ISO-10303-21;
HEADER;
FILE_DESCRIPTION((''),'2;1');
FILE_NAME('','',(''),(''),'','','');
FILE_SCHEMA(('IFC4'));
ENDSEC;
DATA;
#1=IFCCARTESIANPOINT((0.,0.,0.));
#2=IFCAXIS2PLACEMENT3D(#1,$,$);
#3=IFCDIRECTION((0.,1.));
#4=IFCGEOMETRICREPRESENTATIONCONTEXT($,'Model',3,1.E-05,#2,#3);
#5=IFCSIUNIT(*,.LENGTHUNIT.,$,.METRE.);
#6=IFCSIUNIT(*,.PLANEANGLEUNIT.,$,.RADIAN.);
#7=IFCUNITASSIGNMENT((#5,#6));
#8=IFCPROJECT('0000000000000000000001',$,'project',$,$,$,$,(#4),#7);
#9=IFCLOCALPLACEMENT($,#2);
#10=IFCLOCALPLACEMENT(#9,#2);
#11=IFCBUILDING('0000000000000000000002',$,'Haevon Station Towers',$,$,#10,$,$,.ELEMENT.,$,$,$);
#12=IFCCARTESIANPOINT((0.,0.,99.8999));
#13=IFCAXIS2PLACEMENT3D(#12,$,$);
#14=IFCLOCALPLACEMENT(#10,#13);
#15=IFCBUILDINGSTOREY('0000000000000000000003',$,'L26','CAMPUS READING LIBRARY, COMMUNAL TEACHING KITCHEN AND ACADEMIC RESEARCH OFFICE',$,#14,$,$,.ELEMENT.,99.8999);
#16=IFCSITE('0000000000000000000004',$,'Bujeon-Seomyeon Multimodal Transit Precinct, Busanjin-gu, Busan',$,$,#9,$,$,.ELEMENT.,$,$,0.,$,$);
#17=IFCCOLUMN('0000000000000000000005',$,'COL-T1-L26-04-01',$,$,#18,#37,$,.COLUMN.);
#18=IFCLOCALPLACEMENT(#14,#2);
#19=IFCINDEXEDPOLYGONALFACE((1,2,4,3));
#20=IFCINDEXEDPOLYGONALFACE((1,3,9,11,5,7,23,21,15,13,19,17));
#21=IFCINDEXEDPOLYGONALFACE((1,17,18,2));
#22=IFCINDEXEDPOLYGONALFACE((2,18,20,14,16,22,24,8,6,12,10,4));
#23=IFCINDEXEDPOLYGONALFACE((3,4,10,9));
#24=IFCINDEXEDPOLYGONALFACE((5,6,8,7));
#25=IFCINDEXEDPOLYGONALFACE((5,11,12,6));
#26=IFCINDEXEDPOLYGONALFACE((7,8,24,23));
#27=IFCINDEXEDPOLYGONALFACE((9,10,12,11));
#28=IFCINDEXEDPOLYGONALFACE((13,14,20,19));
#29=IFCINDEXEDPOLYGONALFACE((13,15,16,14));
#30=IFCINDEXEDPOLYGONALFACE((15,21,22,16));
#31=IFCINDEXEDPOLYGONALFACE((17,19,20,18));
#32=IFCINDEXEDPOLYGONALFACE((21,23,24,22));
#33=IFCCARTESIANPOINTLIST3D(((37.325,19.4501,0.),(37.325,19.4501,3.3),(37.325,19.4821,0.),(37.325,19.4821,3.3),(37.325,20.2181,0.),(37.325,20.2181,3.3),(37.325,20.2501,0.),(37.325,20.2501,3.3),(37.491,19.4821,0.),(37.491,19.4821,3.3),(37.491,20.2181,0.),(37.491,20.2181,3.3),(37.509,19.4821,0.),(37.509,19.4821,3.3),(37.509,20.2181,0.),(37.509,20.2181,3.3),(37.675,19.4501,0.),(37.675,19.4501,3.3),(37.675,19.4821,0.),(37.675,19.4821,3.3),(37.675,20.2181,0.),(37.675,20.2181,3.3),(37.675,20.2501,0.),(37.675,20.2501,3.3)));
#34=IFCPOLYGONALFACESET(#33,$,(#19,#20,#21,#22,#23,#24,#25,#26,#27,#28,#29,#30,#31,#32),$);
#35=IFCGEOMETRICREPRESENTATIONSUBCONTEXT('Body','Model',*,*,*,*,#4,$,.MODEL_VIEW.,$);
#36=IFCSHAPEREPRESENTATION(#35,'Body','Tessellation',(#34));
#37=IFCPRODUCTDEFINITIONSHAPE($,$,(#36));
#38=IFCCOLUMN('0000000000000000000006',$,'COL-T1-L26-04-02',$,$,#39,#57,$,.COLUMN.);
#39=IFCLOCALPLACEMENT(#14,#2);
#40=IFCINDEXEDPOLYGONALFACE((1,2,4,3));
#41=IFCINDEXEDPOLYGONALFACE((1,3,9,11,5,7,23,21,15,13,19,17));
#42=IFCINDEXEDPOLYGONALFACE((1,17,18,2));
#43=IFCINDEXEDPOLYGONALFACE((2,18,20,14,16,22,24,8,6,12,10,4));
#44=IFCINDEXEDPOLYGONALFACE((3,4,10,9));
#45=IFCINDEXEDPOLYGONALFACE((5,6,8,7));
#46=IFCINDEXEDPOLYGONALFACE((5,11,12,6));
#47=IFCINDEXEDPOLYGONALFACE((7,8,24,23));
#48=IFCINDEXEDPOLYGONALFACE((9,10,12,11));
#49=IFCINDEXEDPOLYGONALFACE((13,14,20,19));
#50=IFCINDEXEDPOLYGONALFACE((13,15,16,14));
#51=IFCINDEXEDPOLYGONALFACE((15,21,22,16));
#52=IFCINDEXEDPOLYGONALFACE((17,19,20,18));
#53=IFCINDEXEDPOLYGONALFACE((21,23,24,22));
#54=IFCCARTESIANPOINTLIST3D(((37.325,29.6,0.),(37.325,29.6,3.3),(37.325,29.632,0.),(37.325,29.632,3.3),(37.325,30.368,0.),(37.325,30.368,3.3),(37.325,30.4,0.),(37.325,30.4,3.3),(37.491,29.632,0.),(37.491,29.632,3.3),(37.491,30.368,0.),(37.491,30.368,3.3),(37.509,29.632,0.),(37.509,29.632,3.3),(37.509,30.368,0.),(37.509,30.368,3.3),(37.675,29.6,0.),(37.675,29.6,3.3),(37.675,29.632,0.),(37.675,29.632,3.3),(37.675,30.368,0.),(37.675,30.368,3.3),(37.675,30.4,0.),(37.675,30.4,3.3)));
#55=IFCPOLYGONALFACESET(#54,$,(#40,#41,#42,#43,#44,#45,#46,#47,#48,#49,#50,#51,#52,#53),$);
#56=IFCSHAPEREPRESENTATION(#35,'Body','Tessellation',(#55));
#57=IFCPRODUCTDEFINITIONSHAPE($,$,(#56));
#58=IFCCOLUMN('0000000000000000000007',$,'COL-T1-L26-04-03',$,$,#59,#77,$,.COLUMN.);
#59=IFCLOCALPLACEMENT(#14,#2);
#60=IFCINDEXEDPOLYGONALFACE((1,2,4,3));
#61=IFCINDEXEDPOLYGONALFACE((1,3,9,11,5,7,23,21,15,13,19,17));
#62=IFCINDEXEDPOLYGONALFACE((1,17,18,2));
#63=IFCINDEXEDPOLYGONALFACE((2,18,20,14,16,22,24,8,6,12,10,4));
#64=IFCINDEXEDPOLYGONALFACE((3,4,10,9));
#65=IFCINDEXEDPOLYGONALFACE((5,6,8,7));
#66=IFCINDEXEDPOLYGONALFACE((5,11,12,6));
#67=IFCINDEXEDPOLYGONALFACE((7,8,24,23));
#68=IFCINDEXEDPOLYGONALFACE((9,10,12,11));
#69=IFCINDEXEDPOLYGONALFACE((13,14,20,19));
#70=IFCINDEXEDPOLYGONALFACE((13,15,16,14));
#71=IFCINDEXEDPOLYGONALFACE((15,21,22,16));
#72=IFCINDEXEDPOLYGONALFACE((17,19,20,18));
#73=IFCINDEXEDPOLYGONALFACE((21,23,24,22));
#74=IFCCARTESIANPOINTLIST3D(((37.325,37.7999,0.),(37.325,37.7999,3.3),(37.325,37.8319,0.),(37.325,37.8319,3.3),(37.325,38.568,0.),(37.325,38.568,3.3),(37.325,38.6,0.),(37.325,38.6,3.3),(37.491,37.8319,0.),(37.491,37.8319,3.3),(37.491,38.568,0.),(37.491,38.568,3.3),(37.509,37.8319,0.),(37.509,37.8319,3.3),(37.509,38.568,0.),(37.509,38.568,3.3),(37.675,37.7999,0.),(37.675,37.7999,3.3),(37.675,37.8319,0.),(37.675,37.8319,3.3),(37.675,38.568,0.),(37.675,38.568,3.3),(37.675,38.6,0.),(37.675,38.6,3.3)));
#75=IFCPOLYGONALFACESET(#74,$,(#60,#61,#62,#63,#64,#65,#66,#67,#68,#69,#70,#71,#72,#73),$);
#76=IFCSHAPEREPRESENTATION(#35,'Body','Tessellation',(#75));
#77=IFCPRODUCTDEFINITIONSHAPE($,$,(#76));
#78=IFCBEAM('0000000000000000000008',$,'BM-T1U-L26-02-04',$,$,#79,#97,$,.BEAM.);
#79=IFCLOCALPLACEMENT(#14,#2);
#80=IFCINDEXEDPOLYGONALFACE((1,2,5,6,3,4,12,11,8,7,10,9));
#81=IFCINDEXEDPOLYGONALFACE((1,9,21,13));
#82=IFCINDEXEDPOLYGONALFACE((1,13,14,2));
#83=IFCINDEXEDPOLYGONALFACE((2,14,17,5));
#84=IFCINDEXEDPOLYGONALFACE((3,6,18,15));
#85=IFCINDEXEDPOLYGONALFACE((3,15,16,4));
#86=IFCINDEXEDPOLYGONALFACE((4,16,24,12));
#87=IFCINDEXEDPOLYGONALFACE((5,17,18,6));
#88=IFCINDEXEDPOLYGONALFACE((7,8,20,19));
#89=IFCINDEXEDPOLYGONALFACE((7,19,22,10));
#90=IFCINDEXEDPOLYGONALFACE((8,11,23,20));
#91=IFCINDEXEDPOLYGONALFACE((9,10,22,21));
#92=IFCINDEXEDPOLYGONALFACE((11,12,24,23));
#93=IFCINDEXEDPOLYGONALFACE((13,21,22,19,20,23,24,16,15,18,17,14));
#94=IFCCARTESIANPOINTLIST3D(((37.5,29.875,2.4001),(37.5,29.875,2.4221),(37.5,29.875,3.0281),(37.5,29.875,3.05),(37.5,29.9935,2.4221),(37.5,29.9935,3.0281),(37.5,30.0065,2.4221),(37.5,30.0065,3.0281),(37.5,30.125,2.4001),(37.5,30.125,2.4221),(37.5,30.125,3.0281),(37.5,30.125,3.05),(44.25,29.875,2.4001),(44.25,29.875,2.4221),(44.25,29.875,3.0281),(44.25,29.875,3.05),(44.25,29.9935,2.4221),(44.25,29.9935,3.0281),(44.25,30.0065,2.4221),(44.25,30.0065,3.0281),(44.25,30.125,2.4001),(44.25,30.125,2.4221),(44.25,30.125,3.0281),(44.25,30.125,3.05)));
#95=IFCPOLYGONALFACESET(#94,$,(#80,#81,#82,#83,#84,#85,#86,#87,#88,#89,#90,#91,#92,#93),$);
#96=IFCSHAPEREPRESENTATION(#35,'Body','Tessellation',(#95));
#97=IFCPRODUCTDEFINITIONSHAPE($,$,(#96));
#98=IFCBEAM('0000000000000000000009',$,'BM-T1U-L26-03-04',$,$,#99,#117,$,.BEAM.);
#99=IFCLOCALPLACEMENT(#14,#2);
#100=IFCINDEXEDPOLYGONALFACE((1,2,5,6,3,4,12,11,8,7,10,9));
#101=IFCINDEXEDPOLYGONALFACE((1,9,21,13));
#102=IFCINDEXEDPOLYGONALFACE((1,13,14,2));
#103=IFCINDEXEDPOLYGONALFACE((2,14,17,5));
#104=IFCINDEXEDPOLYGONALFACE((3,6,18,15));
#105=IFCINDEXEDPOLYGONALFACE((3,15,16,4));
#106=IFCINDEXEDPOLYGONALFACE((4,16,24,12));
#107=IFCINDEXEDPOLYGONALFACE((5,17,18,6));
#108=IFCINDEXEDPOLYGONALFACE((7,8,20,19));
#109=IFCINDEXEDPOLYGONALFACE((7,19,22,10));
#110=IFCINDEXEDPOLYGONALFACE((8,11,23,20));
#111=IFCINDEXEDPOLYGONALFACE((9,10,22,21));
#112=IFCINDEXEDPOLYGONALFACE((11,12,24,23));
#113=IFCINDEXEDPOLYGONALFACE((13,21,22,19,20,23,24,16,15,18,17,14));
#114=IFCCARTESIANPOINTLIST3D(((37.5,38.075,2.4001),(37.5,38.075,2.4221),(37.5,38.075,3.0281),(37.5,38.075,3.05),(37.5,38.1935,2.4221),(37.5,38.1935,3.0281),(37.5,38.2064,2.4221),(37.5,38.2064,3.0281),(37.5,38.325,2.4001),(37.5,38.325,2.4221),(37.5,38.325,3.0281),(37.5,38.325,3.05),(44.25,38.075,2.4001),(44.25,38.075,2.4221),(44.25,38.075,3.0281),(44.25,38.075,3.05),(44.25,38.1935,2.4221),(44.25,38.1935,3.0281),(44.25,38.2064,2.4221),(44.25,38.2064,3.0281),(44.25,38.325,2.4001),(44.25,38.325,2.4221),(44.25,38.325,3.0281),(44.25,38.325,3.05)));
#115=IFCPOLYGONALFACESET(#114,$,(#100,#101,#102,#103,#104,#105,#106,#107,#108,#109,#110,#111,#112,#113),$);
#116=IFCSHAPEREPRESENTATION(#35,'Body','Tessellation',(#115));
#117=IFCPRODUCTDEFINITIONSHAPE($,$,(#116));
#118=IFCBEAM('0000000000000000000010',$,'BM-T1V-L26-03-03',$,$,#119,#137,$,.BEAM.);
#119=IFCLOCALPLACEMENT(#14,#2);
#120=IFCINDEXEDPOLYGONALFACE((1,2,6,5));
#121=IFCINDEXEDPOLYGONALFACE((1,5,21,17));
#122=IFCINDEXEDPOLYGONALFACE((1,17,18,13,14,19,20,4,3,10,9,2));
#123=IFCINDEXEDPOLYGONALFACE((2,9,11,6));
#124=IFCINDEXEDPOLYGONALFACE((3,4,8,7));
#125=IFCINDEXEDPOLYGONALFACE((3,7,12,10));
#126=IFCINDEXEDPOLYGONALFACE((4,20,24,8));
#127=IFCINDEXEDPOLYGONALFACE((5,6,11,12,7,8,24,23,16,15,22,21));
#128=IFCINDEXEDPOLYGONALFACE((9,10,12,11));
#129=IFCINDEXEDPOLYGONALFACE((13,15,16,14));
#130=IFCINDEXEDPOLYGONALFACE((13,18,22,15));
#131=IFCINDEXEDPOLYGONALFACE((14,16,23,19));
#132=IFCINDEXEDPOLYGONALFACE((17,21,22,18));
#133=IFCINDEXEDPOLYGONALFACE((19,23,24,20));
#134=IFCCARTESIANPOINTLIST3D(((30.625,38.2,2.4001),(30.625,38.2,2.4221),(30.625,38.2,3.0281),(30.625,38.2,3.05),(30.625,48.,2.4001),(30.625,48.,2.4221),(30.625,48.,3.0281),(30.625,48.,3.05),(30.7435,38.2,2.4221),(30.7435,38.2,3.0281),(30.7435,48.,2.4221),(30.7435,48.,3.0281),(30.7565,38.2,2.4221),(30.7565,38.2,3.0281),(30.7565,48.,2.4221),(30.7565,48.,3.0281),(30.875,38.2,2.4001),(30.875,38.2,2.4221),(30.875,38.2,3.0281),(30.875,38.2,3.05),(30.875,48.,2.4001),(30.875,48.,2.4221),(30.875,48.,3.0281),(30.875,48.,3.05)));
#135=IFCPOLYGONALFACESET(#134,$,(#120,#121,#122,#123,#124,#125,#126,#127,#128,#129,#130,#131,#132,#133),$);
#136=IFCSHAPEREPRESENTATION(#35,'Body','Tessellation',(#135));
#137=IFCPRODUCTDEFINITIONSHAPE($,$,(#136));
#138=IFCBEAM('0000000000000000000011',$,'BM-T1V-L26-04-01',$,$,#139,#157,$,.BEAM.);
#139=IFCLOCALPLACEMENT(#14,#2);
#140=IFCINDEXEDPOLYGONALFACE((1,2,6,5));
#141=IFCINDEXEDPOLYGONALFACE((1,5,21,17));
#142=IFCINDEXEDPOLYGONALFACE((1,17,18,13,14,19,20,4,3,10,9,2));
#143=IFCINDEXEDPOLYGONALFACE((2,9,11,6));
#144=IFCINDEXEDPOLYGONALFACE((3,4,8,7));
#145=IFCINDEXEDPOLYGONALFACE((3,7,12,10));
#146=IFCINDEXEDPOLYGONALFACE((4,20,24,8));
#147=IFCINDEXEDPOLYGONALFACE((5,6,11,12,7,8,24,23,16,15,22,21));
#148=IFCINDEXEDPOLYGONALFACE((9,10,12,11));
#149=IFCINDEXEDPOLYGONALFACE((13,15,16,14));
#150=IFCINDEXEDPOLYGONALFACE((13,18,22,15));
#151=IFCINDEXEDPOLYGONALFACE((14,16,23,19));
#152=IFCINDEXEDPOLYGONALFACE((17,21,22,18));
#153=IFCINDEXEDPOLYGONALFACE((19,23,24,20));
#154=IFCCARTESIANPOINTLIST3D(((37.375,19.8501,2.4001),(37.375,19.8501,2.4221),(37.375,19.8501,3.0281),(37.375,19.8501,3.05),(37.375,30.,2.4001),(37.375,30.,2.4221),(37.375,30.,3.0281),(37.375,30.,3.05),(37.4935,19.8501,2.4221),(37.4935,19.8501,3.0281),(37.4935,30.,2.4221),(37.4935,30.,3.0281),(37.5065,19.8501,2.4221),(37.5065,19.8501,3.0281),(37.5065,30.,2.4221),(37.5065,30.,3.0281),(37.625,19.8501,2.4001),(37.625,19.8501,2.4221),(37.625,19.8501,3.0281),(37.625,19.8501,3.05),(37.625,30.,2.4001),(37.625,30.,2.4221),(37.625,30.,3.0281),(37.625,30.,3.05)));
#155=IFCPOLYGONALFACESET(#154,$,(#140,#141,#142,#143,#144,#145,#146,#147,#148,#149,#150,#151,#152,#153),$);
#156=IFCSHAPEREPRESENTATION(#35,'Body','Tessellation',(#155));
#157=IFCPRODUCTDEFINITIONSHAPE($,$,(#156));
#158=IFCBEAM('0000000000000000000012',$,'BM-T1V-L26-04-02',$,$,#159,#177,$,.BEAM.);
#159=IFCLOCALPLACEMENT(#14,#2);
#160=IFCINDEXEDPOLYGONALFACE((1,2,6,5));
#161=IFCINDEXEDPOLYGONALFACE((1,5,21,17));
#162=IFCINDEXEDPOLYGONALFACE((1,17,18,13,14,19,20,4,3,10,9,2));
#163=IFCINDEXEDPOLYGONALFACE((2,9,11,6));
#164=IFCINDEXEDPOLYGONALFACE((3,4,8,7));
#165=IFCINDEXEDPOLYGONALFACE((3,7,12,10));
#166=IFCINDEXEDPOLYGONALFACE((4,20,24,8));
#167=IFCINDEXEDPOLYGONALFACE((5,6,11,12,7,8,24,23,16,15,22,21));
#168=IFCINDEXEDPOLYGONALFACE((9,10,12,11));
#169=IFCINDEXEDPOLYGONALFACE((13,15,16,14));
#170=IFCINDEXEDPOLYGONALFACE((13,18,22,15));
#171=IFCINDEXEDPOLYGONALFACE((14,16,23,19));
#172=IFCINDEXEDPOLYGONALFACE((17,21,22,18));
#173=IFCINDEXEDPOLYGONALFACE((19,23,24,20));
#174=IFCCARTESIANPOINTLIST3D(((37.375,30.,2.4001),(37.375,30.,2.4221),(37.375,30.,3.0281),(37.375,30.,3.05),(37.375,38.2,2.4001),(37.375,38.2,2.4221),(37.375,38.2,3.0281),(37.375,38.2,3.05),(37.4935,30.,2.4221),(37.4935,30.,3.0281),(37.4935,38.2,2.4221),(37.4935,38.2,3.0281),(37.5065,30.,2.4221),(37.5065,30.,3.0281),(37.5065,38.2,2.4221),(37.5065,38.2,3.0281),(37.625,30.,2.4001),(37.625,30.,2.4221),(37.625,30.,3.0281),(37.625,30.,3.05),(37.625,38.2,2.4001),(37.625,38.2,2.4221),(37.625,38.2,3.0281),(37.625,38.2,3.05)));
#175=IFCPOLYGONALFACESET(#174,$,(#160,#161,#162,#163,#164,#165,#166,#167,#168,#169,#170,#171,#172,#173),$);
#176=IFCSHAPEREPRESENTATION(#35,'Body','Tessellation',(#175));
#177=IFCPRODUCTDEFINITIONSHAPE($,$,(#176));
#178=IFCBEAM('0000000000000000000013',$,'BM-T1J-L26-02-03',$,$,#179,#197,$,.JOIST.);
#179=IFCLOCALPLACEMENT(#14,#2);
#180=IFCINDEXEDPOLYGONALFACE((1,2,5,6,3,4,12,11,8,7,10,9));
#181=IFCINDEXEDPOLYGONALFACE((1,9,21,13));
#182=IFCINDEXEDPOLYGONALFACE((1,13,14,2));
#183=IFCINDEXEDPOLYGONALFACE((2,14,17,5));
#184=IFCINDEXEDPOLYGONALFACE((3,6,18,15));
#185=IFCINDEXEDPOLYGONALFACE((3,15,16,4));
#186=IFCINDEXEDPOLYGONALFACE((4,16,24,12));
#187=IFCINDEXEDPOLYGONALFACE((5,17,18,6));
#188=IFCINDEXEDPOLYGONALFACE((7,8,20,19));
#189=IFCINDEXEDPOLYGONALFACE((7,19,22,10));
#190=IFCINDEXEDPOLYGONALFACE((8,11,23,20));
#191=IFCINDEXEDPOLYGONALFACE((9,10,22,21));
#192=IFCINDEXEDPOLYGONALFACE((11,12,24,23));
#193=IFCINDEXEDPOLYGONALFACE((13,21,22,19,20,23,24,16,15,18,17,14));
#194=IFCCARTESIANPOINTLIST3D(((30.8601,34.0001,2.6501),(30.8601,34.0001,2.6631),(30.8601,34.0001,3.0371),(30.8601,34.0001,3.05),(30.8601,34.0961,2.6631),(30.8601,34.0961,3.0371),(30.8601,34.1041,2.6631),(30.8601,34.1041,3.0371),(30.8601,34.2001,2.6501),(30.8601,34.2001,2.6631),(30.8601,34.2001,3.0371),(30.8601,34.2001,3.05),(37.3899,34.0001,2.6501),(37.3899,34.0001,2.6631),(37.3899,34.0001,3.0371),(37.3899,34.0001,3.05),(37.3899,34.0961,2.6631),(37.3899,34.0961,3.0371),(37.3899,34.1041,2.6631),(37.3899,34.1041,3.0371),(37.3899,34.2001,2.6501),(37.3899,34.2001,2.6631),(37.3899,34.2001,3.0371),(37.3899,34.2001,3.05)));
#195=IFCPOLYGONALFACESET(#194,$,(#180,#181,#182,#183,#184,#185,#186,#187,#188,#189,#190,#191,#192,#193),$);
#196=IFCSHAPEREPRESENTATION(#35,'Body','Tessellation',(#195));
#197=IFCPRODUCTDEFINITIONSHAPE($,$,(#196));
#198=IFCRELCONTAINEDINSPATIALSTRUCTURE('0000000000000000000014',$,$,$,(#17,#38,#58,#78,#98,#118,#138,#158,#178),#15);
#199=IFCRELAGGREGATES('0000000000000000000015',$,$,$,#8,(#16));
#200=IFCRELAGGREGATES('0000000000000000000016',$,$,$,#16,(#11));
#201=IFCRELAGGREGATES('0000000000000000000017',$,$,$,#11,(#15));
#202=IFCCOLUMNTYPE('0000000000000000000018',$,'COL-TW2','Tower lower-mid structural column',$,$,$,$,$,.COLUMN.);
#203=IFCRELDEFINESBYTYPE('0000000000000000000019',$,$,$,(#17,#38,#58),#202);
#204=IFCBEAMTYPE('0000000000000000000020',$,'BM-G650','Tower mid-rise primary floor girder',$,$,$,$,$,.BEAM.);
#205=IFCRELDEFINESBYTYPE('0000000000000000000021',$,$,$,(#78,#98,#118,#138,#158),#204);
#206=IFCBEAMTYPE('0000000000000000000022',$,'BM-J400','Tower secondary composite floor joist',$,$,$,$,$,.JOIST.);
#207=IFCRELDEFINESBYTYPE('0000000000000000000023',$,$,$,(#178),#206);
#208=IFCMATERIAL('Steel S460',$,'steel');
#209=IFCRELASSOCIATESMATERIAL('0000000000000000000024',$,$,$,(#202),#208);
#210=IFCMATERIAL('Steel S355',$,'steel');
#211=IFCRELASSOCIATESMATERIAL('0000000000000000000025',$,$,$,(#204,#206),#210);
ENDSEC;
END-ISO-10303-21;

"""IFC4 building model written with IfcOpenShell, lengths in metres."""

from ifc_helpers import new_model, si_unit, direction, frame, origin, origin_2d, place, context, subcontext, project, spatial, i_section, extrude, material, material_profile, profile_set, type_object, element, save


model = new_model("IFC4")

# Units and contexts
model_context = context("Model", 3, precision=1e-05, world=origin(), true_north=direction((0.0, 1.0)))
body_context = subcontext(model_context, "Body", "Model", "MODEL_VIEW")
ifc_project = project(units=[si_unit("LENGTHUNIT", "METRE"), si_unit("PLANEANGLEUNIT", "RADIAN")], contexts=[model_context])

# Site, building, storey
site_placement = place(None, origin())
site = spatial("IfcSite", under=ifc_project, at=site_placement, Name="Bujeon-Seomyeon Multimodal Transit Precinct, Busanjin-gu, Busan", CompositionType="ELEMENT", RefElevation=0.0)
building_placement = place(site_placement, origin())
building = spatial("IfcBuilding", under=site, at=building_placement, Name="Haevon Station Towers", CompositionType="ELEMENT")
storey_placement = place(building_placement, frame((0.0, 0.0, 99.8999)))
storey = spatial("IfcBuildingStorey", under=building, at=storey_placement, Name="L26", Description="CAMPUS READING LIBRARY, COMMUNAL TEACHING KITCHEN AND ACADEMIC RESEARCH OFFICE", CompositionType="ELEMENT", Elevation=99.8999)

# Columns
ifc_material_1 = material(Name="Steel S460", Category="steel")
ifc_material_profile_1 = material_profile(ifc_material_1, i_section(OverallWidth=0.3501, OverallDepth=0.8, WebThickness=0.0181, FlangeThickness=0.032, at=origin_2d()), Name="H-800x350x18x32")
ifc_profile_set_1 = profile_set([ifc_material_profile_1], Name="Steel S460")
column_type = type_object("IfcColumnType", Name="COL-TW2", Description="Tower lower-mid structural column", PredefinedType="COLUMN", material=ifc_profile_set_1)
for number, where, z_axis, x_axis, name in (
    (1, (37.5, 19.8501, 0.0), (0.0, 0.0, 1.0), (1.0, 0.0, 0.0), "COL-T1-L26-04-01"),
    (2, (37.5, 30.0, 0.0), (0.0, 0.0, 1.0), (1.0, 0.0, 0.0), "COL-T1-L26-04-02"),
    (3, (37.5, 38.2, 0.0), (0.0, 0.0, 1.0), (1.0, 0.0, 0.0), "COL-T1-L26-04-03"),
):
    element("IfcColumn", number, at=place(storey_placement, frame(where, z_axis=z_axis, x_axis=x_axis)), inside=storey, type_object=column_type, Name=name, PredefinedType="COLUMN", context=body_context, shape_type="SweptSolid", body=[
        extrude(i_section(OverallWidth=0.3501, OverallDepth=0.8, WebThickness=0.0181, FlangeThickness=0.032, at=origin_2d()), origin(), (0.0, 0.0, 1.0), 3.3),
    ])

# Beams
ifc_material_2 = material(Name="Steel S355", Category="steel")
ifc_material_profile_2 = material_profile(ifc_material_2, i_section(OverallWidth=0.25, OverallDepth=0.6499, WebThickness=0.0129, FlangeThickness=0.022, at=origin_2d()), Name="H-650x250x13x22")
ifc_profile_set_2 = profile_set([ifc_material_profile_2], Name="Steel S355")
beam_type_1 = type_object("IfcBeamType", Name="BM-G650", Description="Tower mid-rise primary floor girder", PredefinedType="BEAM", material=ifc_profile_set_2)
for number, where, z_axis, x_axis, name in (
    (4, (37.5, 30.0, 2.7251), (1.0, 0.0, 0.0), (0.0, 1.0, 0.0), "BM-T1U-L26-02-04"),
    (5, (37.5, 38.2, 2.7251), (1.0, 0.0, 0.0), (0.0, 1.0, 0.0), "BM-T1U-L26-03-04"),
):
    element("IfcBeam", number, at=place(storey_placement, frame(where, z_axis=z_axis, x_axis=x_axis)), inside=storey, type_object=beam_type_1, Name=name, PredefinedType="BEAM", context=body_context, shape_type="SweptSolid", body=[
        extrude(i_section(OverallWidth=0.25, OverallDepth=0.6499, WebThickness=0.0129, FlangeThickness=0.022, at=origin_2d()), origin(), (0.0, 0.0, 1.0), 6.75),
    ])
beam_1_placement = place(storey_placement, frame((30.75, 38.2, 2.7251), z_axis=(0.0, 1.0, 0.0), x_axis=(-1.0, 0.0, 0.0)))
element("IfcBeam", 6, at=beam_1_placement, inside=storey, type_object=beam_type_1, Name="BM-T1V-L26-03-03", PredefinedType="BEAM", context=body_context, shape_type="SweptSolid", body=[
    extrude(i_section(OverallWidth=0.25, OverallDepth=0.6499, WebThickness=0.0129, FlangeThickness=0.022, at=origin_2d()), origin(), (0.0, 0.0, 1.0), 9.8),
])
beam_2_placement = place(storey_placement, frame((37.5, 19.8501, 2.7251), z_axis=(0.0, 1.0, 0.0), x_axis=(-1.0, 0.0, 0.0)))
element("IfcBeam", 7, at=beam_2_placement, inside=storey, type_object=beam_type_1, Name="BM-T1V-L26-04-01", PredefinedType="BEAM", context=body_context, shape_type="SweptSolid", body=[
    extrude(i_section(OverallWidth=0.25, OverallDepth=0.6499, WebThickness=0.0129, FlangeThickness=0.022, at=origin_2d()), origin(), (0.0, 0.0, 1.0), 10.1499),
])
beam_3_placement = place(storey_placement, frame((37.5, 30.0, 2.7251), z_axis=(0.0, 1.0, 0.0), x_axis=(-1.0, 0.0, 0.0)))
element("IfcBeam", 8, at=beam_3_placement, inside=storey, type_object=beam_type_1, Name="BM-T1V-L26-04-02", PredefinedType="BEAM", context=body_context, shape_type="SweptSolid", body=[
    extrude(i_section(OverallWidth=0.25, OverallDepth=0.6499, WebThickness=0.0129, FlangeThickness=0.022, at=origin_2d()), origin(), (0.0, 0.0, 1.0), 8.2),
])
ifc_material_profile_3 = material_profile(ifc_material_2, i_section(OverallWidth=0.2, OverallDepth=0.3999, WebThickness=0.0081, FlangeThickness=0.0129, at=origin_2d()), Name="H-400x200x8x13")
ifc_profile_set_3 = profile_set([ifc_material_profile_3], Name="Steel S355")
beam_type_2 = type_object("IfcBeamType", Name="BM-J400", Description="Tower secondary composite floor joist", PredefinedType="JOIST", material=ifc_profile_set_3)
for number, where, z_axis, x_axis, name in (
    (9, (30.8601, 34.1001, 2.8501), (1.0, 0.0, 0.0), (0.0, 1.0, 0.0), "BM-T1J-L26-02-03"),
):
    element("IfcBeam", number, at=place(storey_placement, frame(where, z_axis=z_axis, x_axis=x_axis)), inside=storey, type_object=beam_type_2, Name=name, PredefinedType="JOIST", context=body_context, shape_type="SweptSolid", body=[
        extrude(i_section(OverallWidth=0.2, OverallDepth=0.3999, WebThickness=0.0081, FlangeThickness=0.0129, at=origin_2d()), origin(), (0.0, 0.0, 1.0), 6.5298),
    ])

save(model, "model.ifc")
